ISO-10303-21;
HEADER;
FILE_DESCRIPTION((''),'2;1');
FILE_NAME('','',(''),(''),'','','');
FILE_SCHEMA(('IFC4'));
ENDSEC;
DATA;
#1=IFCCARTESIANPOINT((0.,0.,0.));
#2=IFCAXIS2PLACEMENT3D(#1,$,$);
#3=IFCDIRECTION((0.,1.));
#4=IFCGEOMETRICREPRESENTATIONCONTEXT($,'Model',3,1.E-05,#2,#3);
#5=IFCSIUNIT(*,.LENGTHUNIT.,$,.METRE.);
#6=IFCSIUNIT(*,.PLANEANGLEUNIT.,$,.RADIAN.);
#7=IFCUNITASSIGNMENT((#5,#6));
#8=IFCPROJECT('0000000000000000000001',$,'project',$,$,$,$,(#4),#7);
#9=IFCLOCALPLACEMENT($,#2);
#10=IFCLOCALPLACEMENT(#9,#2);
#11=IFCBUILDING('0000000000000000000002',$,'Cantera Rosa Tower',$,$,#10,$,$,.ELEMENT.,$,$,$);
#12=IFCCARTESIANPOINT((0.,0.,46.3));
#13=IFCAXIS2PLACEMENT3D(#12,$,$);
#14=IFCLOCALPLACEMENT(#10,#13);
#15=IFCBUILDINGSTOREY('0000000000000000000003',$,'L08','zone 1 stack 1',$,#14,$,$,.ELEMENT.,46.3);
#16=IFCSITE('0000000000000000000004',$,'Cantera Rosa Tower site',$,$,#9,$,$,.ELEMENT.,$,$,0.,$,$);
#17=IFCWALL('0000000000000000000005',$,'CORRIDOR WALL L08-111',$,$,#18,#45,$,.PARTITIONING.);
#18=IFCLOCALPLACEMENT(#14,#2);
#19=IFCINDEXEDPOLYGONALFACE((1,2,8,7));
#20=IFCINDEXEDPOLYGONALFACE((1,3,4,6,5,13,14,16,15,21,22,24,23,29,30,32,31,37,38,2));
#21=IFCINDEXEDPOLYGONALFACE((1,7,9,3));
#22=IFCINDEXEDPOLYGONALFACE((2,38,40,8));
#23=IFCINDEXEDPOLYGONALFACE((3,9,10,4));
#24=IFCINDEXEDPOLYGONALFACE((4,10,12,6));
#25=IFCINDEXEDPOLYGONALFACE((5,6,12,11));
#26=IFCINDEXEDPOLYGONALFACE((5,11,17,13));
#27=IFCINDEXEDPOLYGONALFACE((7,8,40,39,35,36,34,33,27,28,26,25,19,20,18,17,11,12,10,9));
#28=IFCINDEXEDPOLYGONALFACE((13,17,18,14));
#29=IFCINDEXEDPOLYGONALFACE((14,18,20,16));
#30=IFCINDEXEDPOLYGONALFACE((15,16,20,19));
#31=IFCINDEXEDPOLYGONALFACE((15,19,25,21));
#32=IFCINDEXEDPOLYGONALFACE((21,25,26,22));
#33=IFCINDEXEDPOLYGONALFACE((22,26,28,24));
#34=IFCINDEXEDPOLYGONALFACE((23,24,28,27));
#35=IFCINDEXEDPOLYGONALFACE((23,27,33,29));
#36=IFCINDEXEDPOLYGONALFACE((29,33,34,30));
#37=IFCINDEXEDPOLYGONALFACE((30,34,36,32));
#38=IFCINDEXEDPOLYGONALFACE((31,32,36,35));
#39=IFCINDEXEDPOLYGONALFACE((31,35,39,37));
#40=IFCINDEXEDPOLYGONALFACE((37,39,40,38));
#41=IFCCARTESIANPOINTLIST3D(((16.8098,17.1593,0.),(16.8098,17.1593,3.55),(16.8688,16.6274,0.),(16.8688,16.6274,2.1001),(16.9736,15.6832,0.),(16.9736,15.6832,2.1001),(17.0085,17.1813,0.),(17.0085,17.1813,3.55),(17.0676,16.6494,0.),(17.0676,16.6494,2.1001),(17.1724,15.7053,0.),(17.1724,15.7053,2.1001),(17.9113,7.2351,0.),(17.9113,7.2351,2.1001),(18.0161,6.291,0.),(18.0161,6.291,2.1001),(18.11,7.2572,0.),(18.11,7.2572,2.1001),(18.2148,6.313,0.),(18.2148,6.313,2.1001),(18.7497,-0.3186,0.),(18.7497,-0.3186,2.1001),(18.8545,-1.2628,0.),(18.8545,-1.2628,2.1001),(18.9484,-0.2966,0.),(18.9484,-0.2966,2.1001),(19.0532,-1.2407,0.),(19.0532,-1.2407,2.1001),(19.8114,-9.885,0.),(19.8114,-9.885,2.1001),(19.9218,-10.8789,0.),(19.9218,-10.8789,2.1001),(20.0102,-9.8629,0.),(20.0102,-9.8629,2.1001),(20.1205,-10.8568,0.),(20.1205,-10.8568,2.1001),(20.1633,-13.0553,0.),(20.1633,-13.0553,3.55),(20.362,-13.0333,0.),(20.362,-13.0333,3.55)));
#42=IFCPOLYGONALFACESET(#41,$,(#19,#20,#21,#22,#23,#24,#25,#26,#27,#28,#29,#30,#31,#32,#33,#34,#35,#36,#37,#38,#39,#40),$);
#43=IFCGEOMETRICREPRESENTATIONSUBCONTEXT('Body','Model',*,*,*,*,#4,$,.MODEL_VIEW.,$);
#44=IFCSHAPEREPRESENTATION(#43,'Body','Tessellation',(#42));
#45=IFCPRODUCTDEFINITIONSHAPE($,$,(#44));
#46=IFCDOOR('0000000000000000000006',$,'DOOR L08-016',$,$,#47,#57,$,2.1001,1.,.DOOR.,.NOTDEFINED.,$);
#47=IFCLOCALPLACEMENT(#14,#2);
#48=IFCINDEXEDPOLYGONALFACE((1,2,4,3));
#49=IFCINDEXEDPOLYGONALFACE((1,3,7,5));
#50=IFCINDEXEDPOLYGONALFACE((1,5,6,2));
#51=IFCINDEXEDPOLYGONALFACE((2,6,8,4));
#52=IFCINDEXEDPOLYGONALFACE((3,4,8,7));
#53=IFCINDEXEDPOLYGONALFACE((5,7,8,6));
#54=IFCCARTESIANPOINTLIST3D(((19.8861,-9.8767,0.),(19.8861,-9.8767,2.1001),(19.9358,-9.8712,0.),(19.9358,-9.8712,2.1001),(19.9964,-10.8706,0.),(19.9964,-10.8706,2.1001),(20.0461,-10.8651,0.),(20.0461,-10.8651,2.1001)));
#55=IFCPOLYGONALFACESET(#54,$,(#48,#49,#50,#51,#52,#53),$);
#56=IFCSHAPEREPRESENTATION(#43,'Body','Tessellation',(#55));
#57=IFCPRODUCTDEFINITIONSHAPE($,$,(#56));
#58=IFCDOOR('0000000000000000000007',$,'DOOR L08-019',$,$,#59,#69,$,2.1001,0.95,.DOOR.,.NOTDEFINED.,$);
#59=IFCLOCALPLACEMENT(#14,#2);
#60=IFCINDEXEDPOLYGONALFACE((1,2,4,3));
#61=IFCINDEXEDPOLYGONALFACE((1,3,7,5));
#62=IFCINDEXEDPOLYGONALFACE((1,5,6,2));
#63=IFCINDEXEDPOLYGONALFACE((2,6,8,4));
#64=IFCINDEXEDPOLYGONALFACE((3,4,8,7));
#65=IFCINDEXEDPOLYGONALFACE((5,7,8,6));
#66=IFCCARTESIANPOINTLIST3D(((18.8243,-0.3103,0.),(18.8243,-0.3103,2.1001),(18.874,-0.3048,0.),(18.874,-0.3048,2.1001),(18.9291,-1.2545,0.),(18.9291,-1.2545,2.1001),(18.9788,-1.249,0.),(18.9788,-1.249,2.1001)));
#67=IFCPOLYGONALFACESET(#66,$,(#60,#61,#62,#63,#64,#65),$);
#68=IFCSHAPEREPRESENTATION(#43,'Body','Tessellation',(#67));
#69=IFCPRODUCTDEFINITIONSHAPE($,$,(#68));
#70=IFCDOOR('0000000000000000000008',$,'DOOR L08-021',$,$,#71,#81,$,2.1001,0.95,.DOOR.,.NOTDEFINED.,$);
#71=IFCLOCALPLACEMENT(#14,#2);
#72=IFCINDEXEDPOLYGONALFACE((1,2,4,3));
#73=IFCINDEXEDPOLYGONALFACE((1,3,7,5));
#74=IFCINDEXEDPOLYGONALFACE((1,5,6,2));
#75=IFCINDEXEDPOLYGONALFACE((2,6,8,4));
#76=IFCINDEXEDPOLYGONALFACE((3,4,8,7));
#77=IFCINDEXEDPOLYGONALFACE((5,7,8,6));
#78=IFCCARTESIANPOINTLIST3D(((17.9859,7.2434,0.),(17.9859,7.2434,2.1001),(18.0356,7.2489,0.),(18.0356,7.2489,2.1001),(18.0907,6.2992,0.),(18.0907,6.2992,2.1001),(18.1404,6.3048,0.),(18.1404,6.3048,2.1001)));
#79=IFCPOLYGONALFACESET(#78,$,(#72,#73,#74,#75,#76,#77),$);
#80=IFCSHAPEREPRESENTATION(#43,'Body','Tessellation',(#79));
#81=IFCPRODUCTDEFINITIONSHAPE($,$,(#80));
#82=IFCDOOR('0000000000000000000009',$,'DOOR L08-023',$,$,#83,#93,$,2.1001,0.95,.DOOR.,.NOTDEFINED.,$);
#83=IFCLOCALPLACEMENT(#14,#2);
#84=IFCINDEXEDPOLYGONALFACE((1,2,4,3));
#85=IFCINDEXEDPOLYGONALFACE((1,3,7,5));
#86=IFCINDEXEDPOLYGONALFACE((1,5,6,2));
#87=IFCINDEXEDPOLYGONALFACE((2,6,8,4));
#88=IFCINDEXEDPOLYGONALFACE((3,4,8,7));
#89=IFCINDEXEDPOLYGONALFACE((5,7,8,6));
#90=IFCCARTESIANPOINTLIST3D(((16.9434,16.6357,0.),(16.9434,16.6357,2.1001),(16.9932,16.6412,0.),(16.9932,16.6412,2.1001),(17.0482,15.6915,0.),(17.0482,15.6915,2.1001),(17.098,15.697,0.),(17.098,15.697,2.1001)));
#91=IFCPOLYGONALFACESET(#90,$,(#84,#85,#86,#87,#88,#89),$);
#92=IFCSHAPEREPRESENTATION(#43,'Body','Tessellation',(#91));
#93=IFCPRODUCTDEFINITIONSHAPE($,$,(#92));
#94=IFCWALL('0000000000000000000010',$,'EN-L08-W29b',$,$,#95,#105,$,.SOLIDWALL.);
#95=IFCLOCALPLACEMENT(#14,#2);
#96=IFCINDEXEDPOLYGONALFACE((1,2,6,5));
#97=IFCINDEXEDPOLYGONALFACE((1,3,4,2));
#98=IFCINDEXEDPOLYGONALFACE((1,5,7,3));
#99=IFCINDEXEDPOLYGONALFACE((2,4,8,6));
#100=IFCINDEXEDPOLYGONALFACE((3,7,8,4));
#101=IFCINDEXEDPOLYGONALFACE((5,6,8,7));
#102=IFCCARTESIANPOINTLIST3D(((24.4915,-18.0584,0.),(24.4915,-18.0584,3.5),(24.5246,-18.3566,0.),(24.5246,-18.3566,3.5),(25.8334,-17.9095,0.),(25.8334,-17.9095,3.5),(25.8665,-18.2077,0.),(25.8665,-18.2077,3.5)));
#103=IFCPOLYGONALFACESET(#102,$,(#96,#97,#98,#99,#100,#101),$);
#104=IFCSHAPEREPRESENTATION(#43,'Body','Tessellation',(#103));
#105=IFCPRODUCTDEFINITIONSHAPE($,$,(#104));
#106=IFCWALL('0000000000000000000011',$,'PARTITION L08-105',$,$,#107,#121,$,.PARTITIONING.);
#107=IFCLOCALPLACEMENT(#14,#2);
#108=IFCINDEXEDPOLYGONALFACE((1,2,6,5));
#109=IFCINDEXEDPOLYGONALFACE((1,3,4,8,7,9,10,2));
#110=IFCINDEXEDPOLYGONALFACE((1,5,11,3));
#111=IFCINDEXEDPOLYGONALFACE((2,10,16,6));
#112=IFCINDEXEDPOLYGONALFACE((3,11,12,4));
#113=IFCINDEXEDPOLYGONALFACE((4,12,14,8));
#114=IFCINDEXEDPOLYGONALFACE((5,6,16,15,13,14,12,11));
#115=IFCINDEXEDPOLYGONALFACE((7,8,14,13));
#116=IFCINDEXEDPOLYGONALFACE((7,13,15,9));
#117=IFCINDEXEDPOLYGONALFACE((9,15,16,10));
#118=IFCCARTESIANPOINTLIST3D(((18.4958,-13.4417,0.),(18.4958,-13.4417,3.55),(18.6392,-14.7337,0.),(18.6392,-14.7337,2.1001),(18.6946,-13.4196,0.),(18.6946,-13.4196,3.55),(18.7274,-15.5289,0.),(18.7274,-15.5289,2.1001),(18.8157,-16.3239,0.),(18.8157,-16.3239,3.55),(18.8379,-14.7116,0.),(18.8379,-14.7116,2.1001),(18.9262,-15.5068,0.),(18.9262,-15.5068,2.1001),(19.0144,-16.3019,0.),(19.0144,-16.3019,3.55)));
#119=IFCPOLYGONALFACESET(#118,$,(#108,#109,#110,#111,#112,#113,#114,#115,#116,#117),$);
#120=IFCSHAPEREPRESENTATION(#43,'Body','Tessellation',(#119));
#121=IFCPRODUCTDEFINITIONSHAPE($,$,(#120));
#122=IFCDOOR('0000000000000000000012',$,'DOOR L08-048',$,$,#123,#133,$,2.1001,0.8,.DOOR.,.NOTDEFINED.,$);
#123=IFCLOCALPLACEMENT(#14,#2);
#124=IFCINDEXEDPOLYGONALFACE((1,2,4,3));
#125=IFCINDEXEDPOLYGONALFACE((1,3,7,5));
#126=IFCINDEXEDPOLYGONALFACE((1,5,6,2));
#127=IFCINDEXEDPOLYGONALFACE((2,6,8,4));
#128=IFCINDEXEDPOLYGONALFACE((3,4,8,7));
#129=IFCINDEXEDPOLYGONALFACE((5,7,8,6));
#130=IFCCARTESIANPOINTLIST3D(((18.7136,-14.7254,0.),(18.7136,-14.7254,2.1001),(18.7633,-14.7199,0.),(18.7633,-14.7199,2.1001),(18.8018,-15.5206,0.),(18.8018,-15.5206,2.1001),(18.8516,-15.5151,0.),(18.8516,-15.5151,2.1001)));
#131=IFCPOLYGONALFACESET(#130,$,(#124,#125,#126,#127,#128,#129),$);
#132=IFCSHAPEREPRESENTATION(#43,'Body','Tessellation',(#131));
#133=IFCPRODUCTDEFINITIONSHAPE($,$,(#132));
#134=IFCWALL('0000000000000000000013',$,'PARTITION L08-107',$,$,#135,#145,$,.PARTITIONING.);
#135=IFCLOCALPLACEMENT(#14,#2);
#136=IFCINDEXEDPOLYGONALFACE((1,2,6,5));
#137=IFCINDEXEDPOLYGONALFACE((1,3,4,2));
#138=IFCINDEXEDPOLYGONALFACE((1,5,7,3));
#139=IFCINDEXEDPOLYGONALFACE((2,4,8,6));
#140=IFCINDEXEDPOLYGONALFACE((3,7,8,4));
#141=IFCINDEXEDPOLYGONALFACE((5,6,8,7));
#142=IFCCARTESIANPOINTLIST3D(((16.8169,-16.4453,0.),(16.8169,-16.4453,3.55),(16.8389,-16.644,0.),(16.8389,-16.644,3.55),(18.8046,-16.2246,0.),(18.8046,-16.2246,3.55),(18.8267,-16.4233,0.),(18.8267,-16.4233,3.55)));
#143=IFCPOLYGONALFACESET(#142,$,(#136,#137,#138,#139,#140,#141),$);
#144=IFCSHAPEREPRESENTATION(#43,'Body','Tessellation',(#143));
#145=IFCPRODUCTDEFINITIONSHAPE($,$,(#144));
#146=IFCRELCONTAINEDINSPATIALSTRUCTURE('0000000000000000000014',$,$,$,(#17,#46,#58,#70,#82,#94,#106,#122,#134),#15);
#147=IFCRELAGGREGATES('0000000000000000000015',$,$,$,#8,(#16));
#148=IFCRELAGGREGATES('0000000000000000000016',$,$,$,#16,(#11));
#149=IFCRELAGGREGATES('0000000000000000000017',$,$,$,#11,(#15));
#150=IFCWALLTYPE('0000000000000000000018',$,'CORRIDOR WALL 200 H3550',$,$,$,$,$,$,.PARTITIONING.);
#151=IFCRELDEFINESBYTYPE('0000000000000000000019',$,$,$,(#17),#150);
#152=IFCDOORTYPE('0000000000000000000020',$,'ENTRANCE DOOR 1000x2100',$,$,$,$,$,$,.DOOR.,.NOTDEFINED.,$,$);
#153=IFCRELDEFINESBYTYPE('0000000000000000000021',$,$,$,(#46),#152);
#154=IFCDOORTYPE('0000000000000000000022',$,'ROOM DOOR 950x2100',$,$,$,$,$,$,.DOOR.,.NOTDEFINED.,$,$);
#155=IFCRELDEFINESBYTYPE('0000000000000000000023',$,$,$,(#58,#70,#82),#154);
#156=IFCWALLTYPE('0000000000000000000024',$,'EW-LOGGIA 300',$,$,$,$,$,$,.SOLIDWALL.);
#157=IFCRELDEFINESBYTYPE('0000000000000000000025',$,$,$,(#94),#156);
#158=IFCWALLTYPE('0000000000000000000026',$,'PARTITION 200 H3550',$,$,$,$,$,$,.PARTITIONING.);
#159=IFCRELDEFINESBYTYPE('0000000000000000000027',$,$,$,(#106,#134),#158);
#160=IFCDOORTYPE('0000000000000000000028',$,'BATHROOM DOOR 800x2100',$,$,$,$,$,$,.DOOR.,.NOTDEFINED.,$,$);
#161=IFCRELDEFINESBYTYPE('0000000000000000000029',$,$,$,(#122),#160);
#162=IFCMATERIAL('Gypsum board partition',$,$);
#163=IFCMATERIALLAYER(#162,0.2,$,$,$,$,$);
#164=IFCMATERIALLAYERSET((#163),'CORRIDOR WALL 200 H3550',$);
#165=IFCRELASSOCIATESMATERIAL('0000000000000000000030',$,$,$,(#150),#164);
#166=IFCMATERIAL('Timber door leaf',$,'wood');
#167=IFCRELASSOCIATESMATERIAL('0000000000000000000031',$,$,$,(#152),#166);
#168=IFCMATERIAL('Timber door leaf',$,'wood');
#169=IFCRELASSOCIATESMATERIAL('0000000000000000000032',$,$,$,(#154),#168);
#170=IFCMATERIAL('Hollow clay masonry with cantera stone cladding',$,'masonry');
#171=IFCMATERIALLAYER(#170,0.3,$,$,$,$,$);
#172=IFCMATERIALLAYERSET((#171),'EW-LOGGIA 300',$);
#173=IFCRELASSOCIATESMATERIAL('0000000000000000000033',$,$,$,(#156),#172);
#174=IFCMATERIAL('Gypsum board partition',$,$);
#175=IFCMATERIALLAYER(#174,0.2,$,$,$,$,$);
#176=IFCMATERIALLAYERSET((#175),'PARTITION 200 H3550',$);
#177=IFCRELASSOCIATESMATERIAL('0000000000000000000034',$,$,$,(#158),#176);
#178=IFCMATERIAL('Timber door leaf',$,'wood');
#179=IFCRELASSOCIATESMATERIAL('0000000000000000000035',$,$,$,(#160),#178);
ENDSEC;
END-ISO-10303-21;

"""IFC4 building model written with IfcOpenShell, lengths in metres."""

from ifc_helpers import new_model, si_unit, direction, frame, frame_2d, origin, place, context, subcontext, project, spatial, rectangle, extrude, material, layer, layer_set, type_object, element, fill, save


model = new_model("IFC4")

# Units and contexts
model_context = context("Model", 3, precision=1e-05, world=origin(), true_north=direction((0.0, 1.0)))
body_context = subcontext(model_context, "Body", "Model", "MODEL_VIEW")
ifc_project = project(units=[si_unit("LENGTHUNIT", "METRE"), si_unit("PLANEANGLEUNIT", "RADIAN")], contexts=[model_context])

# Site, building, storey
site_placement = place(None, origin())
site = spatial("IfcSite", under=ifc_project, at=site_placement, Name="Cantera Rosa Tower site", CompositionType="ELEMENT", RefElevation=0.0)
building_placement = place(site_placement, origin())
building = spatial("IfcBuilding", under=site, at=building_placement, Name="Cantera Rosa Tower", CompositionType="ELEMENT")
storey_placement = place(building_placement, frame((0.0, 0.0, 46.3)))
storey = spatial("IfcBuildingStorey", under=building, at=storey_placement, Name="L08", Description="zone 1 stack 1", CompositionType="ELEMENT", Elevation=46.3)

# Wall, openings, doors
ifc_material_1 = material(Name="Gypsum board partition")
ifc_layer_1 = layer(ifc_material_1, 0.2)
ifc_layer_set_1 = layer_set([ifc_layer_1], Name="CORRIDOR WALL 200 H3550")
wall_type_1 = type_object("IfcWallType", Name="CORRIDOR WALL 200 H3550", PredefinedType="PARTITIONING", material=ifc_layer_set_1)
wall_1_placement = place(storey_placement, frame((20.2627, -13.0444, 0.0), z_axis=(0.0, 0.0, 1.0), x_axis=(-0.110313, 0.993897, 0.0)))
wall_1 = element("IfcWall", 1, at=wall_1_placement, inside=storey, type_object=wall_type_1, Name="CORRIDOR WALL L08-111", PredefinedType="PARTITIONING", context=body_context, shape_type="SweptSolid", body=[
    extrude(rectangle(XDim=30.4001, YDim=0.2, at=frame_2d((15.2002, 0.0))), origin(), (0.0, 0.0, 1.0), 3.55),
])
opening_1_placement = place(wall_1_placement, frame((2.1899, 0.0, 0.0)))
opening_1 = element("IfcOpeningElement", 2, at=opening_1_placement, cuts=wall_1, PredefinedType="OPENING", context=body_context, shape_type="SweptSolid", body=[
    extrude(rectangle(XDim=1.0, YDim=2.1001, at=frame_2d((0.5, 1.05))), frame((0.0, 0.1099, 0.0), z_axis=(0.0, -1.0, 0.0), x_axis=(1.0, 0.0, 0.0)), (0.0, 0.0, 1.0), 0.22),
])
opening_2_placement = place(wall_1_placement, frame((11.865, 0.0, 0.0)))
opening_2 = element("IfcOpeningElement", 3, at=opening_2_placement, cuts=wall_1, PredefinedType="OPENING", context=body_context, shape_type="SweptSolid", body=[
    extrude(rectangle(XDim=0.95, YDim=2.1001, at=frame_2d((0.4751, 1.05))), frame((0.0, 0.1099, 0.0), z_axis=(0.0, -1.0, 0.0), x_axis=(1.0, 0.0, 0.0)), (0.0, 0.0, 1.0), 0.22),
])
opening_3_placement = place(wall_1_placement, frame((19.4651, 0.0, 0.0)))
opening_3 = element("IfcOpeningElement", 4, at=opening_3_placement, cuts=wall_1, PredefinedType="OPENING", context=body_context, shape_type="SweptSolid", body=[
    extrude(rectangle(XDim=0.95, YDim=2.1001, at=frame_2d((0.4751, 1.05))), frame((0.0, 0.1099, 0.0), z_axis=(0.0, -1.0, 0.0), x_axis=(1.0, 0.0, 0.0)), (0.0, 0.0, 1.0), 0.22),
])
opening_4_placement = place(wall_1_placement, frame((28.915, 0.0, 0.0)))
opening_4 = element("IfcOpeningElement", 5, at=opening_4_placement, cuts=wall_1, PredefinedType="OPENING", context=body_context, shape_type="SweptSolid", body=[
    extrude(rectangle(XDim=0.95, YDim=2.1001, at=frame_2d((0.4751, 1.05))), frame((0.0, 0.1099, 0.0), z_axis=(0.0, -1.0, 0.0), x_axis=(1.0, 0.0, 0.0)), (0.0, 0.0, 1.0), 0.22),
])
ifc_material_2 = material(Name="Timber door leaf", Category="wood")
door_type_1 = type_object("IfcDoorType", Name="ENTRANCE DOOR 1000x2100", OperationType="NOTDEFINED", PredefinedType="DOOR", material=ifc_material_2)
door_1_placement = place(opening_1_placement, origin())
door_1 = element("IfcDoor", 6, at=door_1_placement, inside=storey, type_object=door_type_1, Name="DOOR L08-016", OperationType="NOTDEFINED", OverallHeight=2.1001, OverallWidth=1.0, PredefinedType="DOOR", context=body_context, shape_type="SweptSolid", body=[
    extrude(rectangle(XDim=1.0, YDim=2.1001, at=frame_2d((0.5, 1.05))), frame((0.0, 0.0249, 0.0), z_axis=(0.0, -1.0, 0.0), x_axis=(1.0, 0.0, 0.0)), (0.0, 0.0, 1.0), 0.05),
])
fill(opening_1, door_1)
ifc_material_3 = material(Name="Timber door leaf", Category="wood")
door_type_2 = type_object("IfcDoorType", Name="ROOM DOOR 950x2100", OperationType="NOTDEFINED", PredefinedType="DOOR", material=ifc_material_3)
door_2_placement = place(opening_2_placement, origin())
door_2 = element("IfcDoor", 7, at=door_2_placement, inside=storey, type_object=door_type_2, Name="DOOR L08-019", OperationType="NOTDEFINED", OverallHeight=2.1001, OverallWidth=0.95, PredefinedType="DOOR", context=body_context, shape_type="SweptSolid", body=[
    extrude(rectangle(XDim=0.95, YDim=2.1001, at=frame_2d((0.4751, 1.05))), frame((0.0, 0.0249, 0.0), z_axis=(0.0, -1.0, 0.0), x_axis=(1.0, 0.0, 0.0)), (0.0, 0.0, 1.0), 0.05),
])
fill(opening_2, door_2)
door_3_placement = place(opening_3_placement, origin())
door_3 = element("IfcDoor", 8, at=door_3_placement, inside=storey, type_object=door_type_2, Name="DOOR L08-021", OperationType="NOTDEFINED", OverallHeight=2.1001, OverallWidth=0.95, PredefinedType="DOOR", context=body_context, shape_type="SweptSolid", body=[
    extrude(rectangle(XDim=0.95, YDim=2.1001, at=frame_2d((0.4751, 1.05))), frame((0.0, 0.0249, 0.0), z_axis=(0.0, -1.0, 0.0), x_axis=(1.0, 0.0, 0.0)), (0.0, 0.0, 1.0), 0.05),
])
fill(opening_3, door_3)
door_4_placement = place(opening_4_placement, origin())
door_4 = element("IfcDoor", 9, at=door_4_placement, inside=storey, type_object=door_type_2, Name="DOOR L08-023", OperationType="NOTDEFINED", OverallHeight=2.1001, OverallWidth=0.95, PredefinedType="DOOR", context=body_context, shape_type="SweptSolid", body=[
    extrude(rectangle(XDim=0.95, YDim=2.1001, at=frame_2d((0.4751, 1.05))), frame((0.0, 0.0249, 0.0), z_axis=(0.0, -1.0, 0.0), x_axis=(1.0, 0.0, 0.0)), (0.0, 0.0, 1.0), 0.05),
])
fill(opening_4, door_4)

# Wall
ifc_material_4 = material(Name="Hollow clay masonry with cantera stone cladding", Category="masonry")
ifc_layer_2 = layer(ifc_material_4, 0.3)
ifc_layer_set_2 = layer_set([ifc_layer_2], Name="EW-LOGGIA 300")
wall_type_2 = type_object("IfcWallType", Name="EW-LOGGIA 300", PredefinedType="SOLIDWALL", material=ifc_layer_set_2)
wall_2_placement = place(storey_placement, frame((24.5081, -18.2075, 0.0), z_axis=(0.0, 0.0, 1.0), x_axis=(0.993897, 0.110312, 0.0)))
element("IfcWall", 10, at=wall_2_placement, inside=storey, type_object=wall_type_2, Name="EN-L08-W29b", PredefinedType="SOLIDWALL", context=body_context, shape_type="SweptSolid", body=[
    extrude(rectangle(XDim=1.3501, YDim=0.3, at=frame_2d((0.675, 0.0))), origin(), (0.0, 0.0, 1.0), 3.5),
])

# Wall, opening, door
ifc_material_5 = material(Name="Gypsum board partition")
ifc_layer_3 = layer(ifc_material_5, 0.2)
ifc_layer_set_3 = layer_set([ifc_layer_3], Name="PARTITION 200 H3550")
wall_type_3 = type_object("IfcWallType", Name="PARTITION 200 H3550", PredefinedType="PARTITIONING", material=ifc_layer_set_3)
wall_3_placement = place(storey_placement, frame((18.5952, -13.4307, 0.0), z_axis=(0.0, 0.0, 1.0), x_axis=(0.110284, -0.9939, 0.0)))
wall_3 = element("IfcWall", 11, at=wall_3_placement, inside=storey, type_object=wall_type_3, Name="PARTITION L08-105", PredefinedType="PARTITIONING", context=body_context, shape_type="SweptSolid", body=[
    extrude(rectangle(XDim=2.8999, YDim=0.2, at=frame_2d((1.45, 0.0))), origin(), (0.0, 0.0, 1.0), 3.55),
])
opening_5_placement = place(wall_3_placement, frame((1.3, 0.0, 0.0)))
opening_5 = element("IfcOpeningElement", 12, at=opening_5_placement, cuts=wall_3, PredefinedType="OPENING", context=body_context, shape_type="SweptSolid", body=[
    extrude(rectangle(XDim=0.8, YDim=2.1001, at=frame_2d((0.3999, 1.05))), frame((0.0, 0.1099, 0.0), z_axis=(0.0, -1.0, 0.0), x_axis=(1.0, 0.0, 0.0)), (0.0, 0.0, 1.0), 0.22),
])
ifc_material_6 = material(Name="Timber door leaf", Category="wood")
door_type_3 = type_object("IfcDoorType", Name="BATHROOM DOOR 800x2100", OperationType="NOTDEFINED", PredefinedType="DOOR", material=ifc_material_6)
door_5_placement = place(opening_5_placement, origin())
door_5 = element("IfcDoor", 13, at=door_5_placement, inside=storey, type_object=door_type_3, Name="DOOR L08-048", OperationType="NOTDEFINED", OverallHeight=2.1001, OverallWidth=0.8, PredefinedType="DOOR", context=body_context, shape_type="SweptSolid", body=[
    extrude(rectangle(XDim=0.8, YDim=2.1001, at=frame_2d((0.3999, 1.05))), frame((0.0, 0.0249, 0.0), z_axis=(0.0, -1.0, 0.0), x_axis=(1.0, 0.0, 0.0)), (0.0, 0.0, 1.0), 0.05),
])
fill(opening_5, door_5)

# Wall
wall_4_placement = place(storey_placement, frame((18.8157, -16.324, 0.0), z_axis=(0.0, 0.0, 1.0), x_axis=(-0.993893, -0.110351, 0.0)))
element("IfcWall", 14, at=wall_4_placement, inside=storey, type_object=wall_type_3, Name="PARTITION L08-107", PredefinedType="PARTITIONING", context=body_context, shape_type="SweptSolid", body=[
    extrude(rectangle(XDim=2.0, YDim=0.2, at=frame_2d((1.0, 0.0))), origin(), (0.0, 0.0, 1.0), 3.55),
])

save(model, "model.ifc")
